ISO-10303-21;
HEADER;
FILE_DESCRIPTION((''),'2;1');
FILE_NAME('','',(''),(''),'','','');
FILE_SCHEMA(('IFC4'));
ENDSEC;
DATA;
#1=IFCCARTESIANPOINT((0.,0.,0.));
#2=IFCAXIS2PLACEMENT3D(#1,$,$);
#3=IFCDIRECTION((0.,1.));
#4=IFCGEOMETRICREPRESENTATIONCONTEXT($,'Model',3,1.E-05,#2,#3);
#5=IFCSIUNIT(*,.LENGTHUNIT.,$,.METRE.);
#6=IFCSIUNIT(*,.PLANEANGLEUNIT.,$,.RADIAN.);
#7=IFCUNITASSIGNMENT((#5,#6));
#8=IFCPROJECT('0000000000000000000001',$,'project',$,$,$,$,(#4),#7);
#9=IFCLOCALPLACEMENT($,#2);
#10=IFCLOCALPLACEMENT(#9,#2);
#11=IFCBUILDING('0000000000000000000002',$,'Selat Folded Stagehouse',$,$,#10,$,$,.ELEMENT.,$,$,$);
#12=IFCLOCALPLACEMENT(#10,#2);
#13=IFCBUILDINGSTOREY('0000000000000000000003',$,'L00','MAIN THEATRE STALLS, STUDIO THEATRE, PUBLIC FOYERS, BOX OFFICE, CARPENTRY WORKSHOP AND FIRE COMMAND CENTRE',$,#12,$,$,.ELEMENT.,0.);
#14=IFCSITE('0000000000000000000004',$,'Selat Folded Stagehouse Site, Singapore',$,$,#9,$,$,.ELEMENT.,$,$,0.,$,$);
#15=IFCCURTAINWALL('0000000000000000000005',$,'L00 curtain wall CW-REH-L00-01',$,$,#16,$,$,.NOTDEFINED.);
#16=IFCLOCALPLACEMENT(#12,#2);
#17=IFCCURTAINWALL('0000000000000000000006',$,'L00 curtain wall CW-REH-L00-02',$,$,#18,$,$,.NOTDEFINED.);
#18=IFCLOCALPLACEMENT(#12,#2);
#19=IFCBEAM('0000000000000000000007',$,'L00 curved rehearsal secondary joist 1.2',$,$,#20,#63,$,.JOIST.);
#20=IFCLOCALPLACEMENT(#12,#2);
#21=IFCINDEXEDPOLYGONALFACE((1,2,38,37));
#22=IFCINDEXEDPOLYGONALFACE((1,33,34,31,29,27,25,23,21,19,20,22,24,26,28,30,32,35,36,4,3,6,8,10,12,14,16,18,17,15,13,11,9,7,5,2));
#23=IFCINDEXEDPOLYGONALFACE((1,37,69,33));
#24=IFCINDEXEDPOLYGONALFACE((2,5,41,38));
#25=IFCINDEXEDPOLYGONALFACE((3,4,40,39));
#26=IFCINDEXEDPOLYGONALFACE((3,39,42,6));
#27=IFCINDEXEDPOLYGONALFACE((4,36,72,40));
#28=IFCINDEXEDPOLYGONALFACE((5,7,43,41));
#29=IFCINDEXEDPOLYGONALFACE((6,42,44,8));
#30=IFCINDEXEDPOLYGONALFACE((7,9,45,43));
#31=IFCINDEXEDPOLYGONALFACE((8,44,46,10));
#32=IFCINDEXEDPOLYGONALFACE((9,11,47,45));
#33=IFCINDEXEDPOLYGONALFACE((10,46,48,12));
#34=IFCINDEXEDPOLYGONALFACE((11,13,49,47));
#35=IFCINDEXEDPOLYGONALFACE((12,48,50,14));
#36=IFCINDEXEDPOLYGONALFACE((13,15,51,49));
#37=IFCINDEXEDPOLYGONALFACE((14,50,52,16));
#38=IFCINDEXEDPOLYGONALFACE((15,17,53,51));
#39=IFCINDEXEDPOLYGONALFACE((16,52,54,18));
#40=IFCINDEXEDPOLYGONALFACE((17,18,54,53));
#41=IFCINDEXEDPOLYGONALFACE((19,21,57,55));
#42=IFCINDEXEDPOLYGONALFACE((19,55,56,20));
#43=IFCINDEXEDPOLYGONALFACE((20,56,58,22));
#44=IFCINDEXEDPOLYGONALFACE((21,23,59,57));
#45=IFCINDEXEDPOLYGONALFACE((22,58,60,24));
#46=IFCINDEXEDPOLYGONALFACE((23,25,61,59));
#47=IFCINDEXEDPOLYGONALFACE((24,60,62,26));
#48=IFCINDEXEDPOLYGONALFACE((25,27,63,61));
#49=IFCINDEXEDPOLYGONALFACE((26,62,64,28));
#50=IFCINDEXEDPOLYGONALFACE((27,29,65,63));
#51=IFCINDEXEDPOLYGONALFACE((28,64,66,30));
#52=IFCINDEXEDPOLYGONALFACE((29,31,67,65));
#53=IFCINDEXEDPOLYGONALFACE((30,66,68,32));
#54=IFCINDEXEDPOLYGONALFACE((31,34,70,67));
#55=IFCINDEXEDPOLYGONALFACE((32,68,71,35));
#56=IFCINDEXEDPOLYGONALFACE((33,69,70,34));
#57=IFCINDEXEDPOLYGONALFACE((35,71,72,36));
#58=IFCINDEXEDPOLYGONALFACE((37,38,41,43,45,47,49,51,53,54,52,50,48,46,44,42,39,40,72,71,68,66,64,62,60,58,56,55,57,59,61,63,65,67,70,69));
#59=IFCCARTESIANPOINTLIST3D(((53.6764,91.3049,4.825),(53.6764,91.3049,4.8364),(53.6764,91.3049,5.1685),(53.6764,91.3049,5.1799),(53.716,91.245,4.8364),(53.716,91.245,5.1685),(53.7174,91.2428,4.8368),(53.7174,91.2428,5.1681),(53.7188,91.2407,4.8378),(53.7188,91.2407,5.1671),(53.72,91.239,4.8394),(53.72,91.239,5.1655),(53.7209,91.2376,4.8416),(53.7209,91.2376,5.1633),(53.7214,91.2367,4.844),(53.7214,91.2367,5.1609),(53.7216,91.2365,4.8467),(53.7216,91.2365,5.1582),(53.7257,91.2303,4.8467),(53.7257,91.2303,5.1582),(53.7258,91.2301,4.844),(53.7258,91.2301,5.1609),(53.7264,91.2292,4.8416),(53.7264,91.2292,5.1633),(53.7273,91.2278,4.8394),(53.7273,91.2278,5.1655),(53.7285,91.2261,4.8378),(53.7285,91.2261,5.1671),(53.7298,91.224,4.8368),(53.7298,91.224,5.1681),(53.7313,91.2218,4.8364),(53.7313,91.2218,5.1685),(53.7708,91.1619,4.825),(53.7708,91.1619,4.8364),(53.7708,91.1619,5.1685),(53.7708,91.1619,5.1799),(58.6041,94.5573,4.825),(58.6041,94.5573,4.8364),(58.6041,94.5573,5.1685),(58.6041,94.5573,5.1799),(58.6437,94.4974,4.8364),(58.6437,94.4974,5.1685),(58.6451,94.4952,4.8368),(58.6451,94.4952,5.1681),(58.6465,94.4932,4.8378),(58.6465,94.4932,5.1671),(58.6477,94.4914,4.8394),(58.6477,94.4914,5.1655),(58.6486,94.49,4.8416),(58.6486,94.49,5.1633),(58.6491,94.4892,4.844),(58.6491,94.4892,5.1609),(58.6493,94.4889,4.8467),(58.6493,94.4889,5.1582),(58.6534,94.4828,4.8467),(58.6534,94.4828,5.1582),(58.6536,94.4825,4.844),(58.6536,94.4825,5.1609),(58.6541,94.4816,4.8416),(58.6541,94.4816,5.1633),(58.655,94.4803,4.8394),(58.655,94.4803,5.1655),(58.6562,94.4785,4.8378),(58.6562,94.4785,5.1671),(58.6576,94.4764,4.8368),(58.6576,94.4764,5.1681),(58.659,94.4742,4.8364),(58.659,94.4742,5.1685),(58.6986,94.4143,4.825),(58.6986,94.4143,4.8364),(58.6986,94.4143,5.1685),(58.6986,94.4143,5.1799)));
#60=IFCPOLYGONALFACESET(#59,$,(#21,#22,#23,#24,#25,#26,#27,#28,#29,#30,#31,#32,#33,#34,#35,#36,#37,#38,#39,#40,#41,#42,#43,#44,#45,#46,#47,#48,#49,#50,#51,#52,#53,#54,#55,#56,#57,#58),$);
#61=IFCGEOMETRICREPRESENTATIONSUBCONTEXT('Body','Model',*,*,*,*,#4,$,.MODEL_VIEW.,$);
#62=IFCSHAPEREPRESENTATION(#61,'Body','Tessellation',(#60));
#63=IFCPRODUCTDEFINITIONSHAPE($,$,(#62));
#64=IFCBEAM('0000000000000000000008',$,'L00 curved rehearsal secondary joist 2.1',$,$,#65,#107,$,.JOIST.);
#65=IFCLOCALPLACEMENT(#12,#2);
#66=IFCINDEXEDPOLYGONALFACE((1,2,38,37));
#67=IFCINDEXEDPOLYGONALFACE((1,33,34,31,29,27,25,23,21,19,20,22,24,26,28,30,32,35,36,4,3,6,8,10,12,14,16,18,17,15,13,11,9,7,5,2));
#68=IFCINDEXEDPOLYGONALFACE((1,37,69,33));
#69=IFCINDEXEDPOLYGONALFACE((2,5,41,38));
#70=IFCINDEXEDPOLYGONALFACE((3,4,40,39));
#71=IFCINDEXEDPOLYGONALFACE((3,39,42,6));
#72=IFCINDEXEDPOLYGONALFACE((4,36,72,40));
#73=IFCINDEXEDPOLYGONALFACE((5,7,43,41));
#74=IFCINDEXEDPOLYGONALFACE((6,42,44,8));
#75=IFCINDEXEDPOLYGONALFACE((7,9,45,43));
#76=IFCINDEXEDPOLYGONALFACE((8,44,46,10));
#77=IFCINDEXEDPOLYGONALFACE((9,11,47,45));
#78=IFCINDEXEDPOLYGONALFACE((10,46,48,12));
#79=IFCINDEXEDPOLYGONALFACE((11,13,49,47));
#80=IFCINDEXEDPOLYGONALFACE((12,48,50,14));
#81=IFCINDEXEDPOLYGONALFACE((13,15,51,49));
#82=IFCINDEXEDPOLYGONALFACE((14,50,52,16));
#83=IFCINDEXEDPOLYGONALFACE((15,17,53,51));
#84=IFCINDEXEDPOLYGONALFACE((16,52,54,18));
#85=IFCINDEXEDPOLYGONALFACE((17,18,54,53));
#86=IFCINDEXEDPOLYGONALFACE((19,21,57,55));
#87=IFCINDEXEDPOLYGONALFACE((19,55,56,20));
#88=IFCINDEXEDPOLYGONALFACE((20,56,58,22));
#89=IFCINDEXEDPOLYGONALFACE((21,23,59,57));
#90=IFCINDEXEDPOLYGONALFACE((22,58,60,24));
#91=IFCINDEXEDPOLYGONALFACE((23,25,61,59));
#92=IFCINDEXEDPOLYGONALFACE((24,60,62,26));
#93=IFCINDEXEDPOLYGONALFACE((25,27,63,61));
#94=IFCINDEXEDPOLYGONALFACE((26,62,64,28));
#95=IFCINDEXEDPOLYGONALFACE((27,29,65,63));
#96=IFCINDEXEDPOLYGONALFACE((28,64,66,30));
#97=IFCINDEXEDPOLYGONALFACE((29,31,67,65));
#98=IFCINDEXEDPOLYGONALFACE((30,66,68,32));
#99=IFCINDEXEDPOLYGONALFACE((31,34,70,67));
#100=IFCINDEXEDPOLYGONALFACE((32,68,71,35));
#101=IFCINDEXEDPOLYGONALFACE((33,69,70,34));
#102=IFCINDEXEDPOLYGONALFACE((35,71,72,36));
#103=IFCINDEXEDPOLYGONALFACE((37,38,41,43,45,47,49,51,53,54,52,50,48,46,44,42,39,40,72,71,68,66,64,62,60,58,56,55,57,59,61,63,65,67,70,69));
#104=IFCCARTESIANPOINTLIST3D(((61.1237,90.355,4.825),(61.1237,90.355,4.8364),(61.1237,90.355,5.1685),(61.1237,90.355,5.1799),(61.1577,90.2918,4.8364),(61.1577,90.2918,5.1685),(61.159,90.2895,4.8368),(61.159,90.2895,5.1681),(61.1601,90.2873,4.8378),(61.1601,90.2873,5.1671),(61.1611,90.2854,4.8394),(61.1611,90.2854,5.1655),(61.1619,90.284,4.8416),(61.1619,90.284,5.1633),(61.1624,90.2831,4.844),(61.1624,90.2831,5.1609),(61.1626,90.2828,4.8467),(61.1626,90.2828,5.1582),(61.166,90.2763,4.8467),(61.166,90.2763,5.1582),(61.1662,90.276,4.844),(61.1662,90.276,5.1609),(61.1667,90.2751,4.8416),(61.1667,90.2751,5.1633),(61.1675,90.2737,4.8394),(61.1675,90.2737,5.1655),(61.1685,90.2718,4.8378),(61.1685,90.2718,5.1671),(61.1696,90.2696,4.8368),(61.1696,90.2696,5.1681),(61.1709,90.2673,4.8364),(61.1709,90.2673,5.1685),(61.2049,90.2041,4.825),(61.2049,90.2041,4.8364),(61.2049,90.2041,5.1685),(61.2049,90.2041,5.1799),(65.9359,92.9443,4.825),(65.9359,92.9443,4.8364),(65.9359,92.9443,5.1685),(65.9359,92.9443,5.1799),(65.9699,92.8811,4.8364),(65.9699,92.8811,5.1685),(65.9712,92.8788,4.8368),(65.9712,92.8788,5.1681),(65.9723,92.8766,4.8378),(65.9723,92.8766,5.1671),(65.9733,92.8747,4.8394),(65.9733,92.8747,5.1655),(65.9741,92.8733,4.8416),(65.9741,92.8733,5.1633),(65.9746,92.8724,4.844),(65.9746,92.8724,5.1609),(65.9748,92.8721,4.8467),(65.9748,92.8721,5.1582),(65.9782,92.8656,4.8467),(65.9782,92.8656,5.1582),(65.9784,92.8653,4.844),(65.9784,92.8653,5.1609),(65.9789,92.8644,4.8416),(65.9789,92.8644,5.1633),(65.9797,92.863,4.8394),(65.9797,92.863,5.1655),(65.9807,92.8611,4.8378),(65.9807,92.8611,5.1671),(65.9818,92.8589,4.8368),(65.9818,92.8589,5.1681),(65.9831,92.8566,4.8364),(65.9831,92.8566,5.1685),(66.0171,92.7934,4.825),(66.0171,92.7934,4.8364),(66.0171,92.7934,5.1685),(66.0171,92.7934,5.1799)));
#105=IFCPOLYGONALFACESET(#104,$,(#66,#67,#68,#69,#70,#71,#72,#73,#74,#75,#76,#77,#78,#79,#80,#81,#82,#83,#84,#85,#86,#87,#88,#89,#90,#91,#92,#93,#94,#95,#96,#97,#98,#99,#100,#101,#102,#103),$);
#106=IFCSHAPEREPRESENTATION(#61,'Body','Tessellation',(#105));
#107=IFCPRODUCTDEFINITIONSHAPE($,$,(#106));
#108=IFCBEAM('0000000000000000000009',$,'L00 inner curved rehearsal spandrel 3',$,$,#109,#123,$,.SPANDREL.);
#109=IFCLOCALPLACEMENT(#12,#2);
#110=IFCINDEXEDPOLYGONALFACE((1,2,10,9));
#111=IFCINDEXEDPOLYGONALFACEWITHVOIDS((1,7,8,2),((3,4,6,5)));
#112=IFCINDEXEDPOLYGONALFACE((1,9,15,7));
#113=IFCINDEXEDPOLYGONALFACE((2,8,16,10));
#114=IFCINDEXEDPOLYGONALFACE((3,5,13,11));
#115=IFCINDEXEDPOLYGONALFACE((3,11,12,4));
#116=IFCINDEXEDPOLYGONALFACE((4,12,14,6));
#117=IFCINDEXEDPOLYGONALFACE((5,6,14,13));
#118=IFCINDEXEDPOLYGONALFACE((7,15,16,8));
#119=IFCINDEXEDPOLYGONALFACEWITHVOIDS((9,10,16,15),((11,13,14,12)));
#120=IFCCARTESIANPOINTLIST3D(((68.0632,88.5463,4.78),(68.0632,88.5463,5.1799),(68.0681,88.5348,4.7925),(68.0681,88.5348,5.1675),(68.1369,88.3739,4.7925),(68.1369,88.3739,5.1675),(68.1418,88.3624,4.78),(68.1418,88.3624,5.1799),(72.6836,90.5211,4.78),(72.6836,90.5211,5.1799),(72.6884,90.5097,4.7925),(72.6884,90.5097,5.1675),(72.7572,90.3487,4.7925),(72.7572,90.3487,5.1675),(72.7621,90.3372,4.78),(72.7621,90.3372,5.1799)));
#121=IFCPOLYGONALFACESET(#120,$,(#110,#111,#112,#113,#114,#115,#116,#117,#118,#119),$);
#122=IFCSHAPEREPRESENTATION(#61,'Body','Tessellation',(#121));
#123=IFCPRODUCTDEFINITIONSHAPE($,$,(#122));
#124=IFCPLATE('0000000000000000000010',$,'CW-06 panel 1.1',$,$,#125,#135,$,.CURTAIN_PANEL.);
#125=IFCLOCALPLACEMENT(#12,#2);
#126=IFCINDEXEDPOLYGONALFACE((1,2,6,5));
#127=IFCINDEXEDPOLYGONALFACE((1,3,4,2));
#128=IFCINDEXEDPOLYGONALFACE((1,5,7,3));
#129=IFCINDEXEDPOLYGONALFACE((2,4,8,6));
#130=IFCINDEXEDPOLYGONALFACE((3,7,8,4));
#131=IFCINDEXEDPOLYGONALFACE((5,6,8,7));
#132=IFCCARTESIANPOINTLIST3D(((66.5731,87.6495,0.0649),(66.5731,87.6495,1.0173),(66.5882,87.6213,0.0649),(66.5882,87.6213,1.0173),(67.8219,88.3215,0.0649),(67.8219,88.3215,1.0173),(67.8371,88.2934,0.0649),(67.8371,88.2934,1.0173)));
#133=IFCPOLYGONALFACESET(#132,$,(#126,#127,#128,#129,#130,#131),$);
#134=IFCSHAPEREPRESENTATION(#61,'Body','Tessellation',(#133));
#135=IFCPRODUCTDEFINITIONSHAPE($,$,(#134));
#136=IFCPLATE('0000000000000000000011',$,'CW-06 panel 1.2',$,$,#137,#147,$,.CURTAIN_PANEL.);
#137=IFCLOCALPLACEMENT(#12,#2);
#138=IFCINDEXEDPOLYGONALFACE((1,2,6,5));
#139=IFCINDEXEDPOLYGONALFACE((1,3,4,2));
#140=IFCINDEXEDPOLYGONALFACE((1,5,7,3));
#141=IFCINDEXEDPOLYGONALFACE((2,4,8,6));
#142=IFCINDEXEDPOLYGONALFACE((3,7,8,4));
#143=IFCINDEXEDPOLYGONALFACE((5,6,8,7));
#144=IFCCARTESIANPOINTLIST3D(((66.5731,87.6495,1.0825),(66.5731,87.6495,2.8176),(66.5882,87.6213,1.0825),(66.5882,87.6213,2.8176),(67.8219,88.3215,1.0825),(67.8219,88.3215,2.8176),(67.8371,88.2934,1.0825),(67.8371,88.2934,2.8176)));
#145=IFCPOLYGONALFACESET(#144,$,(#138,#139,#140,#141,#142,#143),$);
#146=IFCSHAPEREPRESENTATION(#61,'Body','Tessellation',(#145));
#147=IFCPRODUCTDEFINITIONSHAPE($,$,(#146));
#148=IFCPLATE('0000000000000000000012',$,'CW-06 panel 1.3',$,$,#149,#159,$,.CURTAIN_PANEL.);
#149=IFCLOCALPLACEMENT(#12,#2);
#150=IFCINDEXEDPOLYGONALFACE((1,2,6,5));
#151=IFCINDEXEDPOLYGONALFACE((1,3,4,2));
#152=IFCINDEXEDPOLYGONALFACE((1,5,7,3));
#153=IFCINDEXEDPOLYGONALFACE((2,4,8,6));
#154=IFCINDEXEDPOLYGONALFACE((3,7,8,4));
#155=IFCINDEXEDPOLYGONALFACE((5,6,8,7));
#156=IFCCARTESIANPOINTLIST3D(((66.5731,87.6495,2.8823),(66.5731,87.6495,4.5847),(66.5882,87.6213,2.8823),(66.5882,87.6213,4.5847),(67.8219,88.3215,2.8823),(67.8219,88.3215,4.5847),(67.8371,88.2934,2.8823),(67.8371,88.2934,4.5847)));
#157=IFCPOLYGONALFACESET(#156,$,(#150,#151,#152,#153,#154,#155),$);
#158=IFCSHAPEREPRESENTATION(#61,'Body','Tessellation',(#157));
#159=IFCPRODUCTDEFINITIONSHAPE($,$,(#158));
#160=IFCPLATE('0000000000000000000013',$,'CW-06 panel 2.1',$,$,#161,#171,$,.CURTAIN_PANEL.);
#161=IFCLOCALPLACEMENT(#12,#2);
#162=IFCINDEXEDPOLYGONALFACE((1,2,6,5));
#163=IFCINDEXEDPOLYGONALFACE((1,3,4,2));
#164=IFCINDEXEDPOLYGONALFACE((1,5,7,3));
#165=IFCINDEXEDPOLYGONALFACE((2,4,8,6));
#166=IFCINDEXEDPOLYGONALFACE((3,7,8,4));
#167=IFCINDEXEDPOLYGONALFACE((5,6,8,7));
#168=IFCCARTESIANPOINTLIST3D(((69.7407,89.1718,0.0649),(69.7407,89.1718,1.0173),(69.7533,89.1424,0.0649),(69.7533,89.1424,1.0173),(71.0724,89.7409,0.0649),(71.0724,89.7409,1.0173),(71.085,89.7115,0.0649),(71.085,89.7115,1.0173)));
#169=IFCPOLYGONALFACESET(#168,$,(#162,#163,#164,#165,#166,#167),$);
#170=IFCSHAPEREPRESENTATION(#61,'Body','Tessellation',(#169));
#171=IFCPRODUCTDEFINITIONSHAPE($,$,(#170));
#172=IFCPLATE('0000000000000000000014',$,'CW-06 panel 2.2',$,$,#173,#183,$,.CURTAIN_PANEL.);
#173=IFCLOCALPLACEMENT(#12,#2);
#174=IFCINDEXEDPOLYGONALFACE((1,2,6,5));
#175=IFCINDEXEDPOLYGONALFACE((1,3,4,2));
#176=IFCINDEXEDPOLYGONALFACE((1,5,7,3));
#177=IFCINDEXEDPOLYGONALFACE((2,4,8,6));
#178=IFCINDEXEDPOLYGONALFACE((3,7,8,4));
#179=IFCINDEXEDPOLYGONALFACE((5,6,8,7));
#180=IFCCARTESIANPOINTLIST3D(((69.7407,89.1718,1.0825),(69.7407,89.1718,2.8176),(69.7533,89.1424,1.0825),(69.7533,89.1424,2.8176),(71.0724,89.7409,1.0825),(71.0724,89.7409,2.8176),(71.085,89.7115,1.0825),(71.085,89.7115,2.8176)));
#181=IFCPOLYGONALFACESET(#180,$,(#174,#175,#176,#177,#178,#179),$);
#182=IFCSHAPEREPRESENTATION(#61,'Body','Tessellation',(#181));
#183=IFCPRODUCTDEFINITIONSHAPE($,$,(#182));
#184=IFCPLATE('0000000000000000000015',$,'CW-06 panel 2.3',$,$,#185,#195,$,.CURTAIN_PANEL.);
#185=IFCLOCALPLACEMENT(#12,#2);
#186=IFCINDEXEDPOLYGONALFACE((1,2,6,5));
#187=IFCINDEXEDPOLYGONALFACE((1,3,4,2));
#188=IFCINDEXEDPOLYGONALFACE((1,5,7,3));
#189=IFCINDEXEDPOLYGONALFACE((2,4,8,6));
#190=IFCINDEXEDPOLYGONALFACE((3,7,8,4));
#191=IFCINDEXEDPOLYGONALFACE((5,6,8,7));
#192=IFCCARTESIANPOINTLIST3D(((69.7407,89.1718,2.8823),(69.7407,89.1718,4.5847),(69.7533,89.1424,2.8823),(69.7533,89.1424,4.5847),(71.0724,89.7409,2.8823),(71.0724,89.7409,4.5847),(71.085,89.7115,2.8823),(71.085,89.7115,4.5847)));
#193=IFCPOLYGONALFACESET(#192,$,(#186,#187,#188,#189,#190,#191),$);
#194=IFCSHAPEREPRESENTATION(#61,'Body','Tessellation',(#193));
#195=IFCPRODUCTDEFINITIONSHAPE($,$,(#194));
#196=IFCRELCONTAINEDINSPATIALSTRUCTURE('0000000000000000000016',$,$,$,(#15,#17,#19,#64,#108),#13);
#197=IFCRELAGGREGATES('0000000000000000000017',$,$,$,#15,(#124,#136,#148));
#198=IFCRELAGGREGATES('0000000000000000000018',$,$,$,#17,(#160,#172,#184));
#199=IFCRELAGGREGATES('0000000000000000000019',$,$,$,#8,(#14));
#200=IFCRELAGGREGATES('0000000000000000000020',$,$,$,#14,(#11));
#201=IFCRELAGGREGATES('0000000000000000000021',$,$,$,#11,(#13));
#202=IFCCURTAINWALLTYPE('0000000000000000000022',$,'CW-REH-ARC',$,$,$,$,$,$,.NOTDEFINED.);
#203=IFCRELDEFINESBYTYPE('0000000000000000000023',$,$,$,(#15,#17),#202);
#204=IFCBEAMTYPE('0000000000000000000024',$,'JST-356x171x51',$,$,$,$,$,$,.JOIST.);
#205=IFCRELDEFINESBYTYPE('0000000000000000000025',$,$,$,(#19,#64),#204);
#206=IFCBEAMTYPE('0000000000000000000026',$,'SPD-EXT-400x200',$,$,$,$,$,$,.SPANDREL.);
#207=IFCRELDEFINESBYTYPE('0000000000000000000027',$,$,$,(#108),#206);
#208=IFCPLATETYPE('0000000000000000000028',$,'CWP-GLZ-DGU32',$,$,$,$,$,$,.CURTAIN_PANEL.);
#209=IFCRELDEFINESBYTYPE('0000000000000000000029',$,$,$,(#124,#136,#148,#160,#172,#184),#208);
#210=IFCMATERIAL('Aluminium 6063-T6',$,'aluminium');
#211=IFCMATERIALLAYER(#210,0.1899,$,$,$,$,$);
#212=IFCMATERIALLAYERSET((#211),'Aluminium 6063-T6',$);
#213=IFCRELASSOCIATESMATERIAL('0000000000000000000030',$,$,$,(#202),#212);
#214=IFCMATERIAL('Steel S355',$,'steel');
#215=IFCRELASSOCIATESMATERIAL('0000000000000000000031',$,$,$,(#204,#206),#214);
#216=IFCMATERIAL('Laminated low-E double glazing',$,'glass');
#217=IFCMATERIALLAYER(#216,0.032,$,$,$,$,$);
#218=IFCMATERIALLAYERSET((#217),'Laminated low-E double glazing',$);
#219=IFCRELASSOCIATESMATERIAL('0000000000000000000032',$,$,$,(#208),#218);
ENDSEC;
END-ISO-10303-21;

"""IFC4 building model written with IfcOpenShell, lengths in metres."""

from ifc_helpers import new_model, si_unit, direction, frame, origin, origin_2d, place, context, subcontext, project, spatial, rectangle, hollow_rectangle, i_section, extrude, material, layer, layer_set, material_profile, profile_set, type_object, element, aggregate, save


model = new_model("IFC4")

# Units and contexts
model_context = context("Model", 3, precision=1e-05, world=origin(), true_north=direction((0.0, 1.0)))
body_context = subcontext(model_context, "Body", "Model", "MODEL_VIEW")
ifc_project = project(units=[si_unit("LENGTHUNIT", "METRE"), si_unit("PLANEANGLEUNIT", "RADIAN")], contexts=[model_context])

# Site, building, storey
site_placement = place(None, origin())
site = spatial("IfcSite", under=ifc_project, at=site_placement, Name="Selat Folded Stagehouse Site, Singapore", CompositionType="ELEMENT", RefElevation=0.0)
building_placement = place(site_placement, origin())
building = spatial("IfcBuilding", under=site, at=building_placement, Name="Selat Folded Stagehouse", CompositionType="ELEMENT")
storey_placement = place(building_placement, origin())
storey = spatial("IfcBuildingStorey", under=building, at=storey_placement, Name="L00", Description="MAIN THEATRE STALLS, STUDIO THEATRE, PUBLIC FOYERS, BOX OFFICE, CARPENTRY WORKSHOP AND FIRE COMMAND CENTRE", CompositionType="ELEMENT", Elevation=0.0)

# Shared definitions
ifc_material_1 = material(Name="Steel S355", Category="steel")

# Curtain wall
ifc_material_2 = material(Name="Aluminium 6063-T6", Category="aluminium")
ifc_layer_1 = layer(ifc_material_2, 0.1899)
ifc_layer_set_1 = layer_set([ifc_layer_1], Name="Aluminium 6063-T6")
curtain_wall_type = type_object("IfcCurtainWallType", Name="CW-REH-ARC", PredefinedType="NOTDEFINED", material=ifc_layer_set_1)
curtain_wall_1_placement = place(storey_placement, origin())
curtain_wall_1 = element("IfcCurtainWall", 1, at=curtain_wall_1_placement, inside=storey, type_object=curtain_wall_type, Name="L00 curtain wall CW-REH-L00-01", PredefinedType="NOTDEFINED")

# Curtain wall
curtain_wall_2_placement = place(storey_placement, origin())
curtain_wall_2 = element("IfcCurtainWall", 2, at=curtain_wall_2_placement, inside=storey, type_object=curtain_wall_type, Name="L00 curtain wall CW-REH-L00-02", PredefinedType="NOTDEFINED")

# Beams
ifc_material_profile_1 = material_profile(ifc_material_1, i_section(OverallWidth=0.1714, OverallDepth=0.355, WebThickness=0.0073, FlangeThickness=0.0115, FilletRadius=0.0103, at=origin_2d()), Name="UKB 356x171x51")
ifc_profile_set_1 = profile_set([ifc_material_profile_1], Name="Steel S355")
beam_type_1 = type_object("IfcBeamType", Name="JST-356x171x51", PredefinedType="JOIST", material=ifc_profile_set_1)
beam_1_placement = place(storey_placement, frame((53.7236, 91.2334, 5.0024), z_axis=(0.834599, 0.550858, 0.0), x_axis=(-0.550858, 0.834599, 0.0)))
element("IfcBeam", 3, at=beam_1_placement, inside=storey, type_object=beam_type_1, Name="L00 curved rehearsal secondary joist 1.2", PredefinedType="JOIST", context=body_context, shape_type="SweptSolid", body=[
    extrude(i_section(OverallWidth=0.1714, OverallDepth=0.355, WebThickness=0.0073, FlangeThickness=0.0115, FilletRadius=0.0103, at=origin_2d()), origin(), (0.0, 0.0, 1.0), 5.9043),
])
beam_2_placement = place(storey_placement, frame((61.1643, 90.2795, 5.0024), z_axis=(0.880613, 0.473836, 0.0), x_axis=(-0.473836, 0.880613, 0.0)))
element("IfcBeam", 4, at=beam_2_placement, inside=storey, type_object=beam_type_1, Name="L00 curved rehearsal secondary joist 2.1", PredefinedType="JOIST", context=body_context, shape_type="SweptSolid", body=[
    extrude(i_section(OverallWidth=0.1714, OverallDepth=0.355, WebThickness=0.0073, FlangeThickness=0.0115, FilletRadius=0.0103, at=origin_2d()), origin(), (0.0, 0.0, 1.0), 5.4646),
])
ifc_material_profile_2 = material_profile(ifc_material_1, hollow_rectangle(XDim=0.2, YDim=0.3999, WallThickness=0.0125, at=origin_2d()), Name="RHS 400x200x12.5")
ifc_profile_set_2 = profile_set([ifc_material_profile_2], Name="Steel S355")
beam_type_2 = type_object("IfcBeamType", Name="SPD-EXT-400x200", PredefinedType="SPANDREL", material=ifc_profile_set_2)
beam_3_placement = place(storey_placement, frame((68.1025, 88.4543, 4.98), z_axis=(0.919527, 0.393028, 0.0), x_axis=(-0.393028, 0.919527, 0.0)))
element("IfcBeam", 5, at=beam_3_placement, inside=storey, type_object=beam_type_2, Name="L00 inner curved rehearsal spandrel 3", PredefinedType="SPANDREL", context=body_context, shape_type="SweptSolid", body=[
    extrude(hollow_rectangle(XDim=0.2, YDim=0.3999, WallThickness=0.0125, at=origin_2d()), origin(), (0.0, 0.0, 1.0), 5.0247),
])

# Plates
ifc_material_3 = material(Name="Laminated low-E double glazing", Category="glass")
ifc_layer_2 = layer(ifc_material_3, 0.032)
ifc_layer_set_2 = layer_set([ifc_layer_2], Name="Laminated low-E double glazing")
plate_type = type_object("IfcPlateType", Name="CWP-GLZ-DGU32", PredefinedType="CURTAIN_PANEL", material=ifc_layer_set_2)
plate_1_placement = place(storey_placement, frame((67.2051, 87.9714, 0.0649), z_axis=(0.0, 0.0, 1.0), x_axis=(-0.880601, -0.473859, 0.0)))
plate_1 = element("IfcPlate", 6, at=plate_1_placement, type_object=plate_type, Name="CW-06 panel 1.1", PredefinedType="CURTAIN_PANEL", context=body_context, shape_type="SweptSolid", body=[
    extrude(rectangle(XDim=1.4182, YDim=0.032, at=origin_2d()), origin(), (0.0, 0.0, 1.0), 0.9524),
])
plate_2_placement = place(storey_placement, frame((67.2051, 87.9714, 1.0825), z_axis=(0.0, 0.0, 1.0), x_axis=(-0.880601, -0.473859, 0.0)))
plate_2 = element("IfcPlate", 7, at=plate_2_placement, type_object=plate_type, Name="CW-06 panel 1.2", PredefinedType="CURTAIN_PANEL", context=body_context, shape_type="SweptSolid", body=[
    extrude(rectangle(XDim=1.4182, YDim=0.032, at=origin_2d()), origin(), (0.0, 0.0, 1.0), 1.7351),
])
plate_3_placement = place(storey_placement, frame((67.2051, 87.9714, 2.8823), z_axis=(0.0, 0.0, 1.0), x_axis=(-0.880601, -0.473859, 0.0)))
plate_3 = element("IfcPlate", 8, at=plate_3_placement, type_object=plate_type, Name="CW-06 panel 1.3", PredefinedType="CURTAIN_PANEL", context=body_context, shape_type="SweptSolid", body=[
    extrude(rectangle(XDim=1.4182, YDim=0.032, at=origin_2d()), origin(), (0.0, 0.0, 1.0), 1.7024),
])
aggregate(curtain_wall_1, [plate_1, plate_2, plate_3])
plate_4_placement = place(storey_placement, frame((70.4128, 89.4417, 0.0649), z_axis=(0.0, 0.0, 1.0), x_axis=(-0.919533, -0.393012, 0.0)))
plate_4 = element("IfcPlate", 9, at=plate_4_placement, type_object=plate_type, Name="CW-06 panel 2.1", PredefinedType="CURTAIN_PANEL", context=body_context, shape_type="SweptSolid", body=[
    extrude(rectangle(XDim=1.4482, YDim=0.032, at=origin_2d()), origin(), (0.0, 0.0, 1.0), 0.9524),
])
plate_5_placement = place(storey_placement, frame((70.4128, 89.4417, 1.0825), z_axis=(0.0, 0.0, 1.0), x_axis=(-0.919533, -0.393012, 0.0)))
plate_5 = element("IfcPlate", 10, at=plate_5_placement, type_object=plate_type, Name="CW-06 panel 2.2", PredefinedType="CURTAIN_PANEL", context=body_context, shape_type="SweptSolid", body=[
    extrude(rectangle(XDim=1.4482, YDim=0.032, at=origin_2d()), origin(), (0.0, 0.0, 1.0), 1.7351),
])
plate_6_placement = place(storey_placement, frame((70.4128, 89.4417, 2.8823), z_axis=(0.0, 0.0, 1.0), x_axis=(-0.919533, -0.393012, 0.0)))
plate_6 = element("IfcPlate", 11, at=plate_6_placement, type_object=plate_type, Name="CW-06 panel 2.3", PredefinedType="CURTAIN_PANEL", context=body_context, shape_type="SweptSolid", body=[
    extrude(rectangle(XDim=1.4482, YDim=0.032, at=origin_2d()), origin(), (0.0, 0.0, 1.0), 1.7024),
])
aggregate(curtain_wall_2, [plate_4, plate_5, plate_6])

save(model, "model.ifc")
